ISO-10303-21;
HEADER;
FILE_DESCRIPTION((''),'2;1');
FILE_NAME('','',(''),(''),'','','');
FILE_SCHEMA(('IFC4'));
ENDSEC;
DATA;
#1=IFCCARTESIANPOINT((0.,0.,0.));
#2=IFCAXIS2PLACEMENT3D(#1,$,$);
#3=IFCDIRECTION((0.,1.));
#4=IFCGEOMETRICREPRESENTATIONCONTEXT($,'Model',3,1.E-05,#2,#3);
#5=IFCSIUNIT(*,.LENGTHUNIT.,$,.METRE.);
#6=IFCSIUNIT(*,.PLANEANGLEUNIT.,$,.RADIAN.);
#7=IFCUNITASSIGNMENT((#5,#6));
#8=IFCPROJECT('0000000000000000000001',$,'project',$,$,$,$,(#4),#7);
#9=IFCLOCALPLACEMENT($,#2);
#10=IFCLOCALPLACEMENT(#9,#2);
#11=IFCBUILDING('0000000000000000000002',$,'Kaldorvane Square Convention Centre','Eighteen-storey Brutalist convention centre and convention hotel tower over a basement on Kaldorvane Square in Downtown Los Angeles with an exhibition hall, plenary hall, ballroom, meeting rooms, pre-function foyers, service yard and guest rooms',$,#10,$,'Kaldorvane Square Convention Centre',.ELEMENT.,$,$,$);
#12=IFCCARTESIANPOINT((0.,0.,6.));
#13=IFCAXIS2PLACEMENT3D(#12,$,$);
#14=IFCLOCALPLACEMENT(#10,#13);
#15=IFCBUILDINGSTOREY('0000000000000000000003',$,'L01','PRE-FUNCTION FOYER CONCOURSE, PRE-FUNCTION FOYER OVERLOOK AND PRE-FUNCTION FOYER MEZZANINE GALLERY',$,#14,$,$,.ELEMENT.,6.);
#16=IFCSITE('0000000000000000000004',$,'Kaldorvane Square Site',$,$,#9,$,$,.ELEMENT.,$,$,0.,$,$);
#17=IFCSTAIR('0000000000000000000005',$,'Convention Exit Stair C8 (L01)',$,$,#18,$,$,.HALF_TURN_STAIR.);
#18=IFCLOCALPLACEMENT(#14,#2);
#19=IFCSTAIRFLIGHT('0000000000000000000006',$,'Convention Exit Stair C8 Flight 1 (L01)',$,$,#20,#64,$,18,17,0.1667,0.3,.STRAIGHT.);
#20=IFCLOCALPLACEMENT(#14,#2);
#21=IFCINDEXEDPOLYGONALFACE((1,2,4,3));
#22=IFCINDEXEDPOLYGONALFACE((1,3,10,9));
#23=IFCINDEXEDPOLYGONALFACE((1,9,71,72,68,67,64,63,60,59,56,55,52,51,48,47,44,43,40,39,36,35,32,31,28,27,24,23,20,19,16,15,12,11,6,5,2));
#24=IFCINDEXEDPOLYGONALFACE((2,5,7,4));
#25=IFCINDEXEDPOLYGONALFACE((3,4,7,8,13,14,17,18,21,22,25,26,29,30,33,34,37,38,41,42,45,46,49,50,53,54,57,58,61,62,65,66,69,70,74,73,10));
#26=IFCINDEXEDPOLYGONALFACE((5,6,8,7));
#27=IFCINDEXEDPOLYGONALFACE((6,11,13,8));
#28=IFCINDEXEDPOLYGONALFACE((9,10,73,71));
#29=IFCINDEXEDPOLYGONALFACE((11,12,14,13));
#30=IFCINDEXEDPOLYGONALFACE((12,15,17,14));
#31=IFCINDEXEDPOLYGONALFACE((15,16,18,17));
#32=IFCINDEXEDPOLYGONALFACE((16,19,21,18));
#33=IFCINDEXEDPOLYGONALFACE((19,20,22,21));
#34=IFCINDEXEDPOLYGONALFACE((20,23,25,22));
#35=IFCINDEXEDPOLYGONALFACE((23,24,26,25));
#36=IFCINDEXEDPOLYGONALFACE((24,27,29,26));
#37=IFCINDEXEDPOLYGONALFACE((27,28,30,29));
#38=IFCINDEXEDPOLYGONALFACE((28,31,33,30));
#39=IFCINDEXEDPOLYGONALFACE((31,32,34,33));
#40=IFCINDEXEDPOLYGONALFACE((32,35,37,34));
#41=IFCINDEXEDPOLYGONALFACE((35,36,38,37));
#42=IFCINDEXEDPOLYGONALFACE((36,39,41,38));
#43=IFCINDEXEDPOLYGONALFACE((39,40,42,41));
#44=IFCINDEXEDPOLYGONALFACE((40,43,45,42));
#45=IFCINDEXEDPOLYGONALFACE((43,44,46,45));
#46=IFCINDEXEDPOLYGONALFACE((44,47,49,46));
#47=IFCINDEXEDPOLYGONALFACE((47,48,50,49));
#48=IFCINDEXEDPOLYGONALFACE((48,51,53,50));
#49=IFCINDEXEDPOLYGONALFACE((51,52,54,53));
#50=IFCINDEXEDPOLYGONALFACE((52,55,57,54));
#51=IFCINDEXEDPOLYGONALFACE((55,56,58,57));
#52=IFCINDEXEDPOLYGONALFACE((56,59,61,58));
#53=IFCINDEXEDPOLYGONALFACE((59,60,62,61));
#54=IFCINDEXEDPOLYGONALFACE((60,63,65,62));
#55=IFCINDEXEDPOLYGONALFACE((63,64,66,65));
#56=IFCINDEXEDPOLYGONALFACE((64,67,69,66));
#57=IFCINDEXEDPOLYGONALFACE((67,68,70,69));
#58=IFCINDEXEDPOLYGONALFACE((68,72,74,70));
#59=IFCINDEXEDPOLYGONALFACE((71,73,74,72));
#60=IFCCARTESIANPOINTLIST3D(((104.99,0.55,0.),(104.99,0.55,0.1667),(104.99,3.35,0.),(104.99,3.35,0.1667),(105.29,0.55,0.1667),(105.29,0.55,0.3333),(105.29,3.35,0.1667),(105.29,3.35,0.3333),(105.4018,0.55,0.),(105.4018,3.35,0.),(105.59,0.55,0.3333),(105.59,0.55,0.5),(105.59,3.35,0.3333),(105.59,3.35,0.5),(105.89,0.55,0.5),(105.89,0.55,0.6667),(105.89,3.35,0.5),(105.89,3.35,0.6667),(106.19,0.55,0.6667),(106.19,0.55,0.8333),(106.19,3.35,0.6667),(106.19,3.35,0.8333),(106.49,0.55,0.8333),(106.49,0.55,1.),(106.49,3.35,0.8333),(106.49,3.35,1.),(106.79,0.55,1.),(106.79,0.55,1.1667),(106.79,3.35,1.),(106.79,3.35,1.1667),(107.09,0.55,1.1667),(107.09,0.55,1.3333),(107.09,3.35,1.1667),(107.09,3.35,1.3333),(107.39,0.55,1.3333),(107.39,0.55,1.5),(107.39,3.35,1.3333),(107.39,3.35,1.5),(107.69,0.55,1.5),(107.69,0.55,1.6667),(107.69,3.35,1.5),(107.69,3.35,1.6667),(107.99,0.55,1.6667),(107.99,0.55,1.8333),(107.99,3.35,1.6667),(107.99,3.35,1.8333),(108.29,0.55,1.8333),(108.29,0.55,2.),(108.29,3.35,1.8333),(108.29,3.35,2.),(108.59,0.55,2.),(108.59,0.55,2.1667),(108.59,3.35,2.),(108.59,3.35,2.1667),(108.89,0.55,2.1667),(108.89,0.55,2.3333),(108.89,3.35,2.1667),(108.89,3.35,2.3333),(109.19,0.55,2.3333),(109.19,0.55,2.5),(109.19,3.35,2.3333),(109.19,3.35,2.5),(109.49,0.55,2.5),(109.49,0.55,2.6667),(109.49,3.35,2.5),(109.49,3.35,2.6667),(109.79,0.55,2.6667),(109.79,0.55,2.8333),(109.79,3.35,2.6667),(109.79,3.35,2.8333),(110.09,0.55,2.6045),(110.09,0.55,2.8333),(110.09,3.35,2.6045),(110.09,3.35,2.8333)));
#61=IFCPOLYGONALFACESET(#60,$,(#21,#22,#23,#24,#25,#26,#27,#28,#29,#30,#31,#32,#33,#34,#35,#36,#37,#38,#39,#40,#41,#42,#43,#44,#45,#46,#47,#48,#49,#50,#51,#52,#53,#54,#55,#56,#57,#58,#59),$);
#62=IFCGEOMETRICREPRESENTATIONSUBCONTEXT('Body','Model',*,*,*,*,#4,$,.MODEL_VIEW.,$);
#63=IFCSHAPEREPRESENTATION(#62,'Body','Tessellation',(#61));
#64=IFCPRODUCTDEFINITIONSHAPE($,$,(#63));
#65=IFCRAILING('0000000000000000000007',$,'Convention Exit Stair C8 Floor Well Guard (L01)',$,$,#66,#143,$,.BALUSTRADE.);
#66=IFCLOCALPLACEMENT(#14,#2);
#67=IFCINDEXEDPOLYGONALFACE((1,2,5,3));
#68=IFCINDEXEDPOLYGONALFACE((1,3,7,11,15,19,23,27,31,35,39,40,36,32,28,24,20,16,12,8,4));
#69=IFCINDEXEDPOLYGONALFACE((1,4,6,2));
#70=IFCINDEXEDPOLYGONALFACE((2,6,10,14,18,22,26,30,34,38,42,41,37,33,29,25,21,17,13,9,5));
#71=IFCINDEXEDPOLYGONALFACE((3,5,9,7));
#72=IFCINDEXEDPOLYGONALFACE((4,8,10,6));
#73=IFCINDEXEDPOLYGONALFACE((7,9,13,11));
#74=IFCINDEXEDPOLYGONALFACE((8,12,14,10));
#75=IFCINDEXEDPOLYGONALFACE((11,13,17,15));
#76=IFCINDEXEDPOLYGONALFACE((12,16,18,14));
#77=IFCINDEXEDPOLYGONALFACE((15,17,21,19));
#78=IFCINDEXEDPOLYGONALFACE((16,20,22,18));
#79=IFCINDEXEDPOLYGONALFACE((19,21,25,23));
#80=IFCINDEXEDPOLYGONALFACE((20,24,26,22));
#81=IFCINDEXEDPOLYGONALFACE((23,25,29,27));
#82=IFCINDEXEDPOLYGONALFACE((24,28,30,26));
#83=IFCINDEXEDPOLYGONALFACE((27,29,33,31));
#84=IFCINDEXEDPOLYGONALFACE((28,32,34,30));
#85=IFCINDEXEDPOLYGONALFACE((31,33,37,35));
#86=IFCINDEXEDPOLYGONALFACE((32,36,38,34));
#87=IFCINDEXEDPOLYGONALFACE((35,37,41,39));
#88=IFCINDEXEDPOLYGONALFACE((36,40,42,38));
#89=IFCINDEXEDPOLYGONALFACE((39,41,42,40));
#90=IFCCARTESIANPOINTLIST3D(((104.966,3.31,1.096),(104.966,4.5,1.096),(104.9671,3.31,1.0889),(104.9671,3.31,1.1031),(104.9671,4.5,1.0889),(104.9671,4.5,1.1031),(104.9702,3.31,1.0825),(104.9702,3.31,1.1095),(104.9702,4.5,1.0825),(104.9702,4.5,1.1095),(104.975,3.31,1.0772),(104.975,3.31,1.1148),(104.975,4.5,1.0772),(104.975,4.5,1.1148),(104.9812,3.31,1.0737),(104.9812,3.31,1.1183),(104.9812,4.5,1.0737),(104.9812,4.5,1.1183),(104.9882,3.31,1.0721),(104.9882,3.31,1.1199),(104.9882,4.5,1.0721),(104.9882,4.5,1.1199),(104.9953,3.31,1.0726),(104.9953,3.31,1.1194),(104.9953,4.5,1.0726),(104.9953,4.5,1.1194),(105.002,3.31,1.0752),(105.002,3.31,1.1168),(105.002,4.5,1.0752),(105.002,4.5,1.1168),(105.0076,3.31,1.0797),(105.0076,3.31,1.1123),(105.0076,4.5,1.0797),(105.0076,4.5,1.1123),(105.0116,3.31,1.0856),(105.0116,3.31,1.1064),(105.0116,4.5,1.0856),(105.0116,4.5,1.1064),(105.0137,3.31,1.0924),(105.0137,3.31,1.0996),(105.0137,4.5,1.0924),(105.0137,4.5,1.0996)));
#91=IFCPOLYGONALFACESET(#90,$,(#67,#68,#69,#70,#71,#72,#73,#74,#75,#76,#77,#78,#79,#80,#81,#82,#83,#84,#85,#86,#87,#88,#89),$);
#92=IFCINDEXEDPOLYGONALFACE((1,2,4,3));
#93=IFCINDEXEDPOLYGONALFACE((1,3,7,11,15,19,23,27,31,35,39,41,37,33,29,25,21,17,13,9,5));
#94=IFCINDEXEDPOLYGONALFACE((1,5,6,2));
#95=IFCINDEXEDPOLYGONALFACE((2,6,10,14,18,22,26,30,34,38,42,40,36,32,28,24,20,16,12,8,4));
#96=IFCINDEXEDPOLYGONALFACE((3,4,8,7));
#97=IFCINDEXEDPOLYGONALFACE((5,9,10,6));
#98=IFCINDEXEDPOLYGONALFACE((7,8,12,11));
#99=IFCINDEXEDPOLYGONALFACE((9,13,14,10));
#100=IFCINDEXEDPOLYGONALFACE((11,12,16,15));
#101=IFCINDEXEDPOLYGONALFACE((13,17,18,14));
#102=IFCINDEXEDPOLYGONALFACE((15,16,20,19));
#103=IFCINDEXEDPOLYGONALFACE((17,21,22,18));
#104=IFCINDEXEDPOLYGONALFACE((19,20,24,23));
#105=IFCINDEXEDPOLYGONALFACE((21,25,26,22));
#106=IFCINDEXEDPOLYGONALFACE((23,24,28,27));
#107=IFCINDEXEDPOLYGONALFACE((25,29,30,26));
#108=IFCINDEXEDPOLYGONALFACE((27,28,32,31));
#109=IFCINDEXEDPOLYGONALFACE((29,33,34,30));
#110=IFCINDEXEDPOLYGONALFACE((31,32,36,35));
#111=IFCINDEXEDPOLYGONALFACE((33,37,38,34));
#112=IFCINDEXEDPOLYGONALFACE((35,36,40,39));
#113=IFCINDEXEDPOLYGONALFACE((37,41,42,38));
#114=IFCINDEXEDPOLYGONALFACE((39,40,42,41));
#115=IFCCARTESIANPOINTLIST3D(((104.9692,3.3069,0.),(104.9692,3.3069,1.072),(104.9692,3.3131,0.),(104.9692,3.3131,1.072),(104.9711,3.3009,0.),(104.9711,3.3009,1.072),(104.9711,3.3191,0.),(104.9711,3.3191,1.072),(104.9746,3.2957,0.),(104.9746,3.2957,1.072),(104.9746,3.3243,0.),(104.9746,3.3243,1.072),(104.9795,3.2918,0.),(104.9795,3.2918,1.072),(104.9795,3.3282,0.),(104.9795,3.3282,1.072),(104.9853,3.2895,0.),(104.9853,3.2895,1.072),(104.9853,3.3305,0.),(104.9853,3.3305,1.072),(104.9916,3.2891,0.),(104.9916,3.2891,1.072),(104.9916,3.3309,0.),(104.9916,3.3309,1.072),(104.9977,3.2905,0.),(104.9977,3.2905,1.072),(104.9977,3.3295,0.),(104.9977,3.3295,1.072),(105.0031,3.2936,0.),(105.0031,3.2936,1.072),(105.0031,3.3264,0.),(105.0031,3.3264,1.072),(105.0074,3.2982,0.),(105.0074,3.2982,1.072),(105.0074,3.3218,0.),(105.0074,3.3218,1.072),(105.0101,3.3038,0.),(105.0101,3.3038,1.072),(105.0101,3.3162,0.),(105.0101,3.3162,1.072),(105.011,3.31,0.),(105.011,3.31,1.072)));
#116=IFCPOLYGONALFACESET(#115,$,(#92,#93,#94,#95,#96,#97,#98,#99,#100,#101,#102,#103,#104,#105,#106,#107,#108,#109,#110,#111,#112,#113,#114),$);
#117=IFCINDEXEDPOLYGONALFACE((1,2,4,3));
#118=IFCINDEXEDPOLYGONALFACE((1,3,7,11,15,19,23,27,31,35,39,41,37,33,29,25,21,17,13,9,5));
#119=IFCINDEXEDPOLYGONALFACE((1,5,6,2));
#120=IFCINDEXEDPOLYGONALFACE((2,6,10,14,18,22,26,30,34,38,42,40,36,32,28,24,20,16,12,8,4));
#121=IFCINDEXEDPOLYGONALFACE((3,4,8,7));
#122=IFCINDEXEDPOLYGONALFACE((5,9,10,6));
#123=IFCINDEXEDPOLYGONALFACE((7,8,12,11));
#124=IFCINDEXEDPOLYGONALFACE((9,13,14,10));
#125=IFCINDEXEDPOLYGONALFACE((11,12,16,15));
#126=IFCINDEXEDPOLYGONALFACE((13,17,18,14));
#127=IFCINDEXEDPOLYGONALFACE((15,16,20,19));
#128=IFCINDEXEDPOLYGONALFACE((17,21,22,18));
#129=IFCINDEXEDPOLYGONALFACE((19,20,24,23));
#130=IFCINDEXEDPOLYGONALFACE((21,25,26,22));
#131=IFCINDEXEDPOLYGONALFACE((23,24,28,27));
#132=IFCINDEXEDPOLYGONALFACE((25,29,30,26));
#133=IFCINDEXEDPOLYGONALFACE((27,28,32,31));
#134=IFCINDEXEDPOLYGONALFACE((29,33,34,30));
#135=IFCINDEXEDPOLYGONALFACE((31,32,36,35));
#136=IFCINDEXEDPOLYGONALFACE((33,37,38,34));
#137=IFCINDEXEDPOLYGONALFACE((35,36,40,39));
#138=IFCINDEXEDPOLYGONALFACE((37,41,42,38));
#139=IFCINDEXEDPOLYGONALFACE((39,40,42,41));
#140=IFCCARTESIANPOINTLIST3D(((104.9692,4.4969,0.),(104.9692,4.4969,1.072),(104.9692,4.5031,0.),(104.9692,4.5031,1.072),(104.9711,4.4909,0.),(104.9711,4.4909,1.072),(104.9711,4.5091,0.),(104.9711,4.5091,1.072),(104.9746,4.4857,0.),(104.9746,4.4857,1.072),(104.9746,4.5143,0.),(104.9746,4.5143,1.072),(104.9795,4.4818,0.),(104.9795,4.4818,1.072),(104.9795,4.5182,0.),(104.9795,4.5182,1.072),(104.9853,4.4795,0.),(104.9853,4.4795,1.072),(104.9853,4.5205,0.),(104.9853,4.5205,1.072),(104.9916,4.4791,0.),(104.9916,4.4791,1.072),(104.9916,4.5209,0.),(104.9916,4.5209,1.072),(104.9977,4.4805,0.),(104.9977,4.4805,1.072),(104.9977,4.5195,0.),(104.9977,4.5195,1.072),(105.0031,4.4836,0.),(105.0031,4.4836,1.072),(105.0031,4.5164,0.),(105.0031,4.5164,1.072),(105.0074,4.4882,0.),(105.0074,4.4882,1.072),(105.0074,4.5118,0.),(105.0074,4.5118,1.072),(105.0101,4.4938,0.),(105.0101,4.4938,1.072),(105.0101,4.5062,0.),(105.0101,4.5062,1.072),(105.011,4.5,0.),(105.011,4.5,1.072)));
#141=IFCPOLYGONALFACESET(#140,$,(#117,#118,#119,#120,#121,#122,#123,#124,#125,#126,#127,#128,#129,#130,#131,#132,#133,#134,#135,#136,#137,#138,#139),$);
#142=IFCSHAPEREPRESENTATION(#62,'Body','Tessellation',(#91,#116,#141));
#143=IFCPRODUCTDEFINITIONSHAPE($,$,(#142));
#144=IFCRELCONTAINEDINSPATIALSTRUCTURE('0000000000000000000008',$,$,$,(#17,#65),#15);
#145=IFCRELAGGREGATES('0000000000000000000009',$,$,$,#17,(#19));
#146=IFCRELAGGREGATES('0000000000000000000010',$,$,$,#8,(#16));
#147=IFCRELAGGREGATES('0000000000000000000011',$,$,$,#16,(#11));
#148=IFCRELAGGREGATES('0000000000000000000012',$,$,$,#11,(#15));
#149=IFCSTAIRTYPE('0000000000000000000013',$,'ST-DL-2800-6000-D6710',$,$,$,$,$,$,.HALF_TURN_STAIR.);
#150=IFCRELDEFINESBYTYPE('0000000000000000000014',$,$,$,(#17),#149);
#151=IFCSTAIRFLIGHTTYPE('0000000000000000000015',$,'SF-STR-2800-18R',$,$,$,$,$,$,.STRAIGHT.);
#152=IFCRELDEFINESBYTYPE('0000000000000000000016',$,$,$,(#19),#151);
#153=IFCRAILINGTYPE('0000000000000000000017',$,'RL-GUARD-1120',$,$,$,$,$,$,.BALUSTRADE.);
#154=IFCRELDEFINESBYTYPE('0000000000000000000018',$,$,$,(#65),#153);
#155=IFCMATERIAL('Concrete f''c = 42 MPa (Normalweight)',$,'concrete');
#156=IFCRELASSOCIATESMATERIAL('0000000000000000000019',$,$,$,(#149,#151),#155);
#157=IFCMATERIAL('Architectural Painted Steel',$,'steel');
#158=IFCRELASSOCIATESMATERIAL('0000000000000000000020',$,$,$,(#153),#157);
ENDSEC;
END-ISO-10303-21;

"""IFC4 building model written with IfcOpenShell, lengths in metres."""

from ifc_helpers import new_model, si_unit, direction, frame, origin, origin_2d, place, context, subcontext, project, spatial, polyline, circle, outline, extrude, material, type_object, element, aggregate, save


model = new_model("IFC4")

# Units and contexts
model_context = context("Model", 3, precision=1e-05, world=origin(), true_north=direction((0.0, 1.0)))
body_context = subcontext(model_context, "Body", "Model", "MODEL_VIEW")
ifc_project = project(units=[si_unit("LENGTHUNIT", "METRE"), si_unit("PLANEANGLEUNIT", "RADIAN")], contexts=[model_context])

# Site, building, storey
site_placement = place(None, origin())
site = spatial("IfcSite", under=ifc_project, at=site_placement, Name="Kaldorvane Square Site", CompositionType="ELEMENT", RefElevation=0.0)
building_placement = place(site_placement, origin())
building = spatial("IfcBuilding", under=site, at=building_placement, Name="Kaldorvane Square Convention Centre", Description="Eighteen-storey Brutalist convention centre and convention hotel tower over a basement on Kaldorvane Square in Downtown Los Angeles with an exhibition hall, plenary hall, ballroom, meeting rooms, pre-function foyers, service yard and guest rooms", LongName="Kaldorvane Square Convention Centre", CompositionType="ELEMENT")
storey_placement = place(building_placement, frame((0.0, 0.0, 6.0)))
storey = spatial("IfcBuildingStorey", under=building, at=storey_placement, Name="L01", Description="PRE-FUNCTION FOYER CONCOURSE, PRE-FUNCTION FOYER OVERLOOK AND PRE-FUNCTION FOYER MEZZANINE GALLERY", CompositionType="ELEMENT", Elevation=6.0)

# Shared definitions
ifc_material_1 = material(Name="Concrete f'c = 42 MPa (Normalweight)", Category="concrete")

# Stair, stair flight
stair_type = type_object("IfcStairType", Name="ST-DL-2800-6000-D6710", PredefinedType="HALF_TURN_STAIR", material=ifc_material_1)
stair_placement = place(storey_placement, origin())
stair = element("IfcStair", 1, at=stair_placement, inside=storey, type_object=stair_type, Name="Convention Exit Stair C8 (L01)", PredefinedType="HALF_TURN_STAIR")
stair_flight_type = type_object("IfcStairFlightType", Name="SF-STR-2800-18R", PredefinedType="STRAIGHT", material=ifc_material_1)
stair_flight_placement = place(storey_placement, frame((104.99, 1.95, 0.0), z_axis=(0.0, 0.0, 1.0), x_axis=(1.0, 0.0, 0.0)))
stair_flight = element("IfcStairFlight", 2, at=stair_flight_placement, type_object=stair_flight_type, Name="Convention Exit Stair C8 Flight 1 (L01)", NumberOfRisers=18, NumberOfTreads=17, PredefinedType="STRAIGHT", RiserHeight=0.1667, TreadLength=0.3, context=body_context, shape_type="SweptSolid", body=[
    extrude(outline(polyline([(0.0, 0.0), (0.0, 0.1667), (0.3, 0.1667), (0.3, 0.3333), (0.6, 0.3333), (0.6, 0.5), (0.9, 0.5), (0.9, 0.6667), (1.2, 0.6667), (1.2, 0.8333), (1.5, 0.8333), (1.5, 1.0), (1.8, 1.0), (1.8, 1.1667), (2.1, 1.1667), (2.1, 1.3333), (2.4, 1.3333), (2.4, 1.5), (2.7, 1.5), (2.7, 1.6667), (3.0, 1.6667), (3.0, 1.8333), (3.3, 1.8333), (3.3, 2.0), (3.6, 2.0), (3.6, 2.1667), (3.9, 2.1667), (3.9, 2.3333), (4.2, 2.3333), (4.2, 2.5), (4.5, 2.5), (4.5, 2.6667), (4.8, 2.6667), (4.8, 2.8333), (5.1, 2.8333), (5.1, 3.0), (5.1, 2.6045), (0.4118, 0.0), (0.0, 0.0)])), frame((0.0, 1.4, 0.0), z_axis=(0.0, -1.0, 0.0), x_axis=(1.0, 0.0, 0.0)), (0.0, 0.0, 1.0), 2.8),
])
aggregate(stair, [stair_flight])

# Railing
ifc_material_2 = material(Name="Architectural Painted Steel", Category="steel")
railing_type_1 = type_object("IfcRailingType", Name="RL-GUARD-1120", PredefinedType="BALUSTRADE", material=ifc_material_2)
railing_1_placement = place(storey_placement, frame((104.99, 3.31, 0.0)))
element("IfcRailing", 3, at=railing_1_placement, inside=storey, type_object=railing_type_1, Name="Convention Exit Stair C8 Floor Well Guard (L01)", PredefinedType="BALUSTRADE", context=body_context, shape_type="SweptSolid", body=[
    extrude(circle(Radius=0.024, at=origin_2d()), frame((0.0, 0.0, 1.096), z_axis=(0.0, 1.0, 0.0), x_axis=(-1.0, 0.0, 0.0)), (0.0, 0.0, 1.0), 1.19),
    extrude(circle(Radius=0.021, at=origin_2d()), origin(), (0.0, 0.0, 1.0), 1.072),
    extrude(circle(Radius=0.021, at=origin_2d()), frame((0.0, 1.19, 0.0)), (0.0, 0.0, 1.0), 1.072),
])

save(model, "model.ifc")
